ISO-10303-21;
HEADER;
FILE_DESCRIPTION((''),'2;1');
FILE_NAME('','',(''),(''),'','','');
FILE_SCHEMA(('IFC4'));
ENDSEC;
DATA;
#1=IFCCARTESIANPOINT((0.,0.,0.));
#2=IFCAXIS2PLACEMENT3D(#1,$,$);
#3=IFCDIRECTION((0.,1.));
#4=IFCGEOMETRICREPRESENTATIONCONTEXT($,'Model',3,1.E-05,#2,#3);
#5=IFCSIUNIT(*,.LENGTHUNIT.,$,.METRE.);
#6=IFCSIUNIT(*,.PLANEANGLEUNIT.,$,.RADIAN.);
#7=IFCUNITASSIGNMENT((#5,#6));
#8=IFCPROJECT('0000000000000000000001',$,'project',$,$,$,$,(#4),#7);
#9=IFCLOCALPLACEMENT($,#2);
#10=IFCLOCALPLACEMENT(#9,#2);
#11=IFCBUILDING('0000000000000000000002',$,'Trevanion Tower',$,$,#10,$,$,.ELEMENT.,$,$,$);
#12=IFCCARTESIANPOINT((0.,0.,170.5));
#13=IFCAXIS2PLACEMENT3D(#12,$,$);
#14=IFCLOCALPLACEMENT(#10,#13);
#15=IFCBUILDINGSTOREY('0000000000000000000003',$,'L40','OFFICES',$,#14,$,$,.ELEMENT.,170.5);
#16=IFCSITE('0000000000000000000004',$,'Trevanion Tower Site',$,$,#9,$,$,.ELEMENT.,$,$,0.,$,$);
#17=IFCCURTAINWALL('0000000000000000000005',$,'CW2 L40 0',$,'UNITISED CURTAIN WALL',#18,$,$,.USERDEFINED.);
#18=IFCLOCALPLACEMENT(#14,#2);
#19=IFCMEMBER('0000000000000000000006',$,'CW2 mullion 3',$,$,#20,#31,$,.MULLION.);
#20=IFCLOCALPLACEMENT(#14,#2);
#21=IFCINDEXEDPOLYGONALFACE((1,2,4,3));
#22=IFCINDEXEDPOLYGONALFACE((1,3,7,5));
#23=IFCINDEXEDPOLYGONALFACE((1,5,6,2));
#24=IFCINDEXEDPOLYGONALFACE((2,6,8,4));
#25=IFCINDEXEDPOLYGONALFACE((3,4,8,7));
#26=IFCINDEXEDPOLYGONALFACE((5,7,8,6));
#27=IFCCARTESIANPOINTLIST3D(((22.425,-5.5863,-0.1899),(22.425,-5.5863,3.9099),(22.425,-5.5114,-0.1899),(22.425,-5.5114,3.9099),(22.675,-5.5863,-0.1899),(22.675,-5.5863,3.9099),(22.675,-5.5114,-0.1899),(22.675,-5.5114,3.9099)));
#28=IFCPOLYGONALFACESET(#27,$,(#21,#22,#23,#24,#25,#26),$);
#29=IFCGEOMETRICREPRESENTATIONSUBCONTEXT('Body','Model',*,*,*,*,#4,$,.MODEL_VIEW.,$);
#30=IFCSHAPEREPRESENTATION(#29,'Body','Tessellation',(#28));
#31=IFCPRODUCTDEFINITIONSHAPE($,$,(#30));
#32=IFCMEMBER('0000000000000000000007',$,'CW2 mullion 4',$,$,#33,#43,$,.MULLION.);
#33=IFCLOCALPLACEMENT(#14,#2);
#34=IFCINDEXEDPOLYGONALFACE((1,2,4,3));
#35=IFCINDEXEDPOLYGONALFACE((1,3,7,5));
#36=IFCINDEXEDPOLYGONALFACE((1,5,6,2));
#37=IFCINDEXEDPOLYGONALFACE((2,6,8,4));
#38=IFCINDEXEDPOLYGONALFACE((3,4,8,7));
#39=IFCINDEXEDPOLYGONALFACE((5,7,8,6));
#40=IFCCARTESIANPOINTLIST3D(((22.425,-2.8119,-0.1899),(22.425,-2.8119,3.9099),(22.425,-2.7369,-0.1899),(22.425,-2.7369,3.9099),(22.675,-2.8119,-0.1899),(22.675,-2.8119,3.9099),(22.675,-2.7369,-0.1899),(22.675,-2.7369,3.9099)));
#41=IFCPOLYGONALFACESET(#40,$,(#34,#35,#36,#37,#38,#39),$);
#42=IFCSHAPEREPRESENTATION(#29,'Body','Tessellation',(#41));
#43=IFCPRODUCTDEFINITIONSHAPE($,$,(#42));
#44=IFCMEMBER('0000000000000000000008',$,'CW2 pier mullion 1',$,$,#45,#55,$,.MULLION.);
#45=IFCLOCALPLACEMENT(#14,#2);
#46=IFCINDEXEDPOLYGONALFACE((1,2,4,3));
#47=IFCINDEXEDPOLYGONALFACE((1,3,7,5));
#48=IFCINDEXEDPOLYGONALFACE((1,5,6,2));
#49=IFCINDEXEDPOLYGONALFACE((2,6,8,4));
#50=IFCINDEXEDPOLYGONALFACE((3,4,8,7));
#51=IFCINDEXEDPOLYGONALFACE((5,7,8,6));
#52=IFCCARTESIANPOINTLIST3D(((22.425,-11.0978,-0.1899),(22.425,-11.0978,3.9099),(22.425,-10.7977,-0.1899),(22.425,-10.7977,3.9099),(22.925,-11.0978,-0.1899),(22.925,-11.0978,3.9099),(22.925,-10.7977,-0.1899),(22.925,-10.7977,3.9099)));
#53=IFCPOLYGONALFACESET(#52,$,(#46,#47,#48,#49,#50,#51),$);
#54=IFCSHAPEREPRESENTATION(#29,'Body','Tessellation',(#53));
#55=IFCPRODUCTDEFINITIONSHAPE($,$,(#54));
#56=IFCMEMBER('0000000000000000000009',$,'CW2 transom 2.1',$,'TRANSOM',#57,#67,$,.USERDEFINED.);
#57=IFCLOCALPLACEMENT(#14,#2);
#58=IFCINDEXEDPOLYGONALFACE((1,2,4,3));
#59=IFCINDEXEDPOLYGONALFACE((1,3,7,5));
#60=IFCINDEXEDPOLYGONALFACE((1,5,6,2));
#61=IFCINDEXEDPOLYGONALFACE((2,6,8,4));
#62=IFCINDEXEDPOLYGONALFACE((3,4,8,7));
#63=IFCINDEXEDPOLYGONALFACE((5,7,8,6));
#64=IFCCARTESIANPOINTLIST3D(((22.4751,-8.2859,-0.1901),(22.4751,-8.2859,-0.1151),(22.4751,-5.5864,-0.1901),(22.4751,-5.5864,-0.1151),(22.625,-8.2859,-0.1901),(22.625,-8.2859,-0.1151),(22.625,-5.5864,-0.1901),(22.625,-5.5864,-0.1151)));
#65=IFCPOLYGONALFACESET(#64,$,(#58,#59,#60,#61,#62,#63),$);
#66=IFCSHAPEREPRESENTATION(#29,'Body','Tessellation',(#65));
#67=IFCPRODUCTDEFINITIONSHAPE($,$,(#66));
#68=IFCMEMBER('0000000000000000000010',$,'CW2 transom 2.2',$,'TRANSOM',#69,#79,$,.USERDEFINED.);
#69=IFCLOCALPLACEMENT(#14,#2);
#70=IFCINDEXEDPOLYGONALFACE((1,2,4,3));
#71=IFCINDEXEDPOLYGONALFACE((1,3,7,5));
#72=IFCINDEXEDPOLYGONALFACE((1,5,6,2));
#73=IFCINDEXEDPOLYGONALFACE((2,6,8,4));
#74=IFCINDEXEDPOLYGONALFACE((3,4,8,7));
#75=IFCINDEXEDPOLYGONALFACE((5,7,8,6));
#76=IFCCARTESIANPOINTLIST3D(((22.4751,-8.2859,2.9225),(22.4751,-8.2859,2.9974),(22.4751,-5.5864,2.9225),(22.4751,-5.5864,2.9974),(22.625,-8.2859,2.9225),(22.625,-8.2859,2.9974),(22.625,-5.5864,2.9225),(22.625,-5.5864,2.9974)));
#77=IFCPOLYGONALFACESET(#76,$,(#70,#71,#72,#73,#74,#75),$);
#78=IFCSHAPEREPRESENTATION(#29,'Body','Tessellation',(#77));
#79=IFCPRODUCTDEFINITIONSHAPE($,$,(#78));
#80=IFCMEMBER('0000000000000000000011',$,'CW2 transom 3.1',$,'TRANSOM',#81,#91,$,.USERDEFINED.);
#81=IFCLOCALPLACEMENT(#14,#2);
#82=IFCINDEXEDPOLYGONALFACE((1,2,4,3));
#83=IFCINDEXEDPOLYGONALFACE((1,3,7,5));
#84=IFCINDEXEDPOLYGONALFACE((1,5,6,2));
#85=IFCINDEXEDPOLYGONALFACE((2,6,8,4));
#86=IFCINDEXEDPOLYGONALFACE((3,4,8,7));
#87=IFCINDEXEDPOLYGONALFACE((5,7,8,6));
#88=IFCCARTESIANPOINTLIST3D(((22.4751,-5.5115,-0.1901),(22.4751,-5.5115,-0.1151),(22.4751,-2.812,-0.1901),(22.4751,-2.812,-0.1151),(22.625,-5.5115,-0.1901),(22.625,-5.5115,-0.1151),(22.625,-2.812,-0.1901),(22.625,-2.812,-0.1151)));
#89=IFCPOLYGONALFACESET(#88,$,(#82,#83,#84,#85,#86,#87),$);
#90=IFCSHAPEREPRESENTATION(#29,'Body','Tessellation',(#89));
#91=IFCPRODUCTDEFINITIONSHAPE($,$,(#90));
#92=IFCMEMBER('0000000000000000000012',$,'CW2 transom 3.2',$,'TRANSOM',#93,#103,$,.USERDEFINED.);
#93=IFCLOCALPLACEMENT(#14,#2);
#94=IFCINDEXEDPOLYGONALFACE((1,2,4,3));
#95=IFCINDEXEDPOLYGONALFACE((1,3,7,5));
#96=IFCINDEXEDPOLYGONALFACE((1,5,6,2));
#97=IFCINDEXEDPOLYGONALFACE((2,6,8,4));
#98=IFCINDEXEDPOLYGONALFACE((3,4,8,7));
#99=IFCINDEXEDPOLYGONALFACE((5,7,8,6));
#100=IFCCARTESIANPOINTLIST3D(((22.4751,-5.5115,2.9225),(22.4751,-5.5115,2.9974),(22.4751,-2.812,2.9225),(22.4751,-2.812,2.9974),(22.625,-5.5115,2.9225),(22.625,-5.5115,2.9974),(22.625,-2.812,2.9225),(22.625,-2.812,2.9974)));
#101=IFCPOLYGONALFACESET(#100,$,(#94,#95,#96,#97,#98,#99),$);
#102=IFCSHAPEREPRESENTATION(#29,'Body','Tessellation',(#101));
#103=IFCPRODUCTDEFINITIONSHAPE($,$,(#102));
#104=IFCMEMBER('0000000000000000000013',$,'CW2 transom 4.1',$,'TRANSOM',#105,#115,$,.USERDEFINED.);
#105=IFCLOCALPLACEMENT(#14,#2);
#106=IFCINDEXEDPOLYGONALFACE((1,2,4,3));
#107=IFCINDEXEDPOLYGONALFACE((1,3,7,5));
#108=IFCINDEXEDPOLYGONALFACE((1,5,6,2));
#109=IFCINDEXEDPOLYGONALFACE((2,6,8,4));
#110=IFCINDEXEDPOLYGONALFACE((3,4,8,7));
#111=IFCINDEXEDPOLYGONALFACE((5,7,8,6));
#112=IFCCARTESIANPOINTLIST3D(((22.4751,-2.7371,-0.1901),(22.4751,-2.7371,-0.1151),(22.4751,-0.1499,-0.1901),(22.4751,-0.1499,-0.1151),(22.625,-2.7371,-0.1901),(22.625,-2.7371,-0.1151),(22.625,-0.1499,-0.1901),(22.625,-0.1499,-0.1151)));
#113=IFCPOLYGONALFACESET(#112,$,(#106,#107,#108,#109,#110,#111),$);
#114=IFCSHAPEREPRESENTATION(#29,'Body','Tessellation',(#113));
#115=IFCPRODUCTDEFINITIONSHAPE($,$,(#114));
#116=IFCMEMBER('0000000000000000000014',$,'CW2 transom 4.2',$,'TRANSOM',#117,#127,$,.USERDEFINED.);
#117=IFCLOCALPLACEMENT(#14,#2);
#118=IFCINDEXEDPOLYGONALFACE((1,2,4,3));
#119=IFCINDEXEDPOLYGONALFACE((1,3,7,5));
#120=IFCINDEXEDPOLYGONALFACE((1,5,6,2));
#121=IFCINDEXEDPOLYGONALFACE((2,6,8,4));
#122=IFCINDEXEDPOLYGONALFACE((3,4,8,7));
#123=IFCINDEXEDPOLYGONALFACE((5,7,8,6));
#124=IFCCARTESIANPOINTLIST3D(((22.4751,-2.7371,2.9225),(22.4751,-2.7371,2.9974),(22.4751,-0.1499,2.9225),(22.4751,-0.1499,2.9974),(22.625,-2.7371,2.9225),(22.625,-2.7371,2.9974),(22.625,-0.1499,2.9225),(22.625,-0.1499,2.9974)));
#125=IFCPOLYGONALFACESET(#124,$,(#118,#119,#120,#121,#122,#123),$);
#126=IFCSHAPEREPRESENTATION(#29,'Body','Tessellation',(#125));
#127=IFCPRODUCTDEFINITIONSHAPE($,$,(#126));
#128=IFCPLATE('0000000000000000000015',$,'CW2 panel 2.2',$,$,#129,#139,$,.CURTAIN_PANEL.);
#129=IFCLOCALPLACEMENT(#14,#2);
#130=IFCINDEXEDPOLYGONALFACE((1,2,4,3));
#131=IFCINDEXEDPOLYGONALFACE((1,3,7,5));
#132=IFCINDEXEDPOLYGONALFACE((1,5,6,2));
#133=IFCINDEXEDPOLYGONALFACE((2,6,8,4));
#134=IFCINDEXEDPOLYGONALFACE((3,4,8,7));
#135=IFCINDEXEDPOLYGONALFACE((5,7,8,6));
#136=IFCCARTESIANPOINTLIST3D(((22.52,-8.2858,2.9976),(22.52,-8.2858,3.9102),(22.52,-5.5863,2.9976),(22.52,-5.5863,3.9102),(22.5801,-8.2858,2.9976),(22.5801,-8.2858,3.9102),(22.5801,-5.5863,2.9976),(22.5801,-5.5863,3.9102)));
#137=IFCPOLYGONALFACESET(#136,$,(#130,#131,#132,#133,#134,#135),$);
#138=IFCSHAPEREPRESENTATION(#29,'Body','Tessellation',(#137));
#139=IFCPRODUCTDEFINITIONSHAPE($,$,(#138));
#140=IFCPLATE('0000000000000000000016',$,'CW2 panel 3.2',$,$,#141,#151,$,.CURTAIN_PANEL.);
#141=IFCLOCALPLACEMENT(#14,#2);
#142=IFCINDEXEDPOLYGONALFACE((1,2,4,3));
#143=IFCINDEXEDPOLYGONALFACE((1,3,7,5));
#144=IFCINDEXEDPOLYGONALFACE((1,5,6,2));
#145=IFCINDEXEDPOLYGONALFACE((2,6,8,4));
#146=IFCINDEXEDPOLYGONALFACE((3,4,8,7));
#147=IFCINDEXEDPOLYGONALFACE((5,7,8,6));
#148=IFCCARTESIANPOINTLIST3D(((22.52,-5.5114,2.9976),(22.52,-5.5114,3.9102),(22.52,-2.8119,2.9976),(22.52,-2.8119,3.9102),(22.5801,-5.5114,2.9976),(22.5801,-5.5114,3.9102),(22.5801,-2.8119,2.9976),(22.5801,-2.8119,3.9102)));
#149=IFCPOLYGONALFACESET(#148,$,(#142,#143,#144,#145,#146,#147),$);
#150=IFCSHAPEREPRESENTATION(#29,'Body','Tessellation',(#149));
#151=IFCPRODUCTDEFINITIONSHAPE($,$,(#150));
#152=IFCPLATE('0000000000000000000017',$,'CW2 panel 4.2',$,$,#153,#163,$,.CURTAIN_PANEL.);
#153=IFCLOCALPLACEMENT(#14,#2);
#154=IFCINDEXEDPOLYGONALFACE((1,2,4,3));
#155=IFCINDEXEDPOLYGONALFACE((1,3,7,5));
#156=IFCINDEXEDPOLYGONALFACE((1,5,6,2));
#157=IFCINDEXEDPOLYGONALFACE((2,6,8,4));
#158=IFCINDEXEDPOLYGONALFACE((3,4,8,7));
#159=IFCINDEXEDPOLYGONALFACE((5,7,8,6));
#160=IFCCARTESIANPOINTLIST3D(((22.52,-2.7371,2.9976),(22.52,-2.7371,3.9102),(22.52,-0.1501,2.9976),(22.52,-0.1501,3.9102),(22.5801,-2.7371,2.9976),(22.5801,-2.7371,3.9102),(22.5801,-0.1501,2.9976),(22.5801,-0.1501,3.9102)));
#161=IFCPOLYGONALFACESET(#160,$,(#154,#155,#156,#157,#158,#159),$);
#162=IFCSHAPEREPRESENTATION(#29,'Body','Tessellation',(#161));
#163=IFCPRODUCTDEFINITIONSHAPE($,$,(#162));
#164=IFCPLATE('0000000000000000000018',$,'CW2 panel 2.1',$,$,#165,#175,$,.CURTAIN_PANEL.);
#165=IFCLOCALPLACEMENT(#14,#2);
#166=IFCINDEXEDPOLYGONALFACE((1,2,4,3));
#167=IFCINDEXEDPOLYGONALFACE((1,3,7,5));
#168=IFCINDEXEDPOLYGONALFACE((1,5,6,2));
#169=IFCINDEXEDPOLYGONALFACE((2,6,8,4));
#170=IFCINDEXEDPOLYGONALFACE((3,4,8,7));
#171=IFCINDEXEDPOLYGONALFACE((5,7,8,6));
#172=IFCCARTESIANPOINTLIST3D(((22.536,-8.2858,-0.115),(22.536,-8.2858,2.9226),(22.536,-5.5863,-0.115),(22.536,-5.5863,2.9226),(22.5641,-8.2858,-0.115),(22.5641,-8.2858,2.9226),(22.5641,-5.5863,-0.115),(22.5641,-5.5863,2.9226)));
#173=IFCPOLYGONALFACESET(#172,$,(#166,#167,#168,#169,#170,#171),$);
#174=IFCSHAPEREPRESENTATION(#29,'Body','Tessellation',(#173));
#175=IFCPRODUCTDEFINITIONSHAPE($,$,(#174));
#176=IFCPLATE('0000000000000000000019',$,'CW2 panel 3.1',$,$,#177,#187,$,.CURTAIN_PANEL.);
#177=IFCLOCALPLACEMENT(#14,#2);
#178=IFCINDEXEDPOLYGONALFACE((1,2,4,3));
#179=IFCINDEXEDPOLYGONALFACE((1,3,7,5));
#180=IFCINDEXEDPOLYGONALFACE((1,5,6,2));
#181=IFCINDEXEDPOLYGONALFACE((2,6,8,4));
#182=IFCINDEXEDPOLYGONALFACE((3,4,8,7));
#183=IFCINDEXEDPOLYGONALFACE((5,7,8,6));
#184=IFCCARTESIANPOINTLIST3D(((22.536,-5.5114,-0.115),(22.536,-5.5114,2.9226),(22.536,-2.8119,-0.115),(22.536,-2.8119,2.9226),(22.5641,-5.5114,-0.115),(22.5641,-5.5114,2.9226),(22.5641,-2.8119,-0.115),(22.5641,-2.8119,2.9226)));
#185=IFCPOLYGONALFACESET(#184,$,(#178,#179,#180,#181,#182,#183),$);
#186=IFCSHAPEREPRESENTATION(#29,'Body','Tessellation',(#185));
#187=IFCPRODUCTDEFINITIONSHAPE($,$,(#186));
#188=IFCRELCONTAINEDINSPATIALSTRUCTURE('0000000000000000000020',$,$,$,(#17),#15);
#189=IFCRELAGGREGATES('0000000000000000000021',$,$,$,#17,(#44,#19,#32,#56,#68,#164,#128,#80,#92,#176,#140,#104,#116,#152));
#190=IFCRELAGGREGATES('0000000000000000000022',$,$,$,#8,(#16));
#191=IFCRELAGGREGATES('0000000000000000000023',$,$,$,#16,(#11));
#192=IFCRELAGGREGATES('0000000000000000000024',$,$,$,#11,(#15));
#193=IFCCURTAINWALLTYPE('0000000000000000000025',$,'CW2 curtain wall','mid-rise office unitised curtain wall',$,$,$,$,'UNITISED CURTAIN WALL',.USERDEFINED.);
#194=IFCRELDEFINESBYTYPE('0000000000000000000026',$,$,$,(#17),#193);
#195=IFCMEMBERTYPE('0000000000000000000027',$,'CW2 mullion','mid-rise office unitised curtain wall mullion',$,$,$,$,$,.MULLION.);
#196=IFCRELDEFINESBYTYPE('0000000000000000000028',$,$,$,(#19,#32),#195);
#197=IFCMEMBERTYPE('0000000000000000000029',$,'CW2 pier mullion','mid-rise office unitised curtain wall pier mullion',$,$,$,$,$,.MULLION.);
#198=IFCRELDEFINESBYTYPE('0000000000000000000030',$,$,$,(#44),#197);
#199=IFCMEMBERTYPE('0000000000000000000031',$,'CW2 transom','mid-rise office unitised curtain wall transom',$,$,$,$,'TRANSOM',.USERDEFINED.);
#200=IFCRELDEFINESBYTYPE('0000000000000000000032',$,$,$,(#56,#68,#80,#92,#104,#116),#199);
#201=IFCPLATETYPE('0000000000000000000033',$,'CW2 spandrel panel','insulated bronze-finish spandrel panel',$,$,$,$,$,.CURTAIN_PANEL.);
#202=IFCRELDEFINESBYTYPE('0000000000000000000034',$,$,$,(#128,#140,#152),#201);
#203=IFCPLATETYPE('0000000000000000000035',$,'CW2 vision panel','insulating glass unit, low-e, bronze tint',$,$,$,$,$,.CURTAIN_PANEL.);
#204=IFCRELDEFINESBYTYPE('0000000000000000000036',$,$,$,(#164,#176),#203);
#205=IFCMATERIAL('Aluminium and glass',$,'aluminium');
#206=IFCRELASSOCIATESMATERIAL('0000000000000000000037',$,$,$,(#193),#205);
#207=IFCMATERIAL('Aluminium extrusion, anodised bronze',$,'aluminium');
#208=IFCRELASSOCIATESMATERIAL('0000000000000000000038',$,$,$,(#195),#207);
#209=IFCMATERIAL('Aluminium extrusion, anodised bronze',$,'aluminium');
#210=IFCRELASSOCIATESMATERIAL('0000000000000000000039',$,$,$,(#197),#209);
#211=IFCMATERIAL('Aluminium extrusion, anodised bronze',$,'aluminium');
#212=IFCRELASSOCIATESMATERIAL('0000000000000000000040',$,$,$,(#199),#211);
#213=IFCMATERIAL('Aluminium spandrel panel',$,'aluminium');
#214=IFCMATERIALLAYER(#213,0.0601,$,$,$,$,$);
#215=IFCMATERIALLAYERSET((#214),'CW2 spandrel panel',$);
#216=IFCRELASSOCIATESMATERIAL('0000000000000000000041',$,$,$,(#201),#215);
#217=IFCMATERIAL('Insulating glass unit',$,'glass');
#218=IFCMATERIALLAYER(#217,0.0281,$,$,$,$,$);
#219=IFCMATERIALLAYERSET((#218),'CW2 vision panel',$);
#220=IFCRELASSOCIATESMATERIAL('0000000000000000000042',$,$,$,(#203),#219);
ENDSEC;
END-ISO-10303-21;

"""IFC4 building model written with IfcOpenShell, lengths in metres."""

from ifc_helpers import new_model, si_unit, direction, frame, origin, origin_2d, place, context, subcontext, project, spatial, rectangle, extrude, material, layer, layer_set, material_profile, profile_set, type_object, element, aggregate, save


model = new_model("IFC4")

# Units and contexts
model_context = context("Model", 3, precision=1e-05, world=origin(), true_north=direction((0.0, 1.0)))
body_context = subcontext(model_context, "Body", "Model", "MODEL_VIEW")
ifc_project = project(units=[si_unit("LENGTHUNIT", "METRE"), si_unit("PLANEANGLEUNIT", "RADIAN")], contexts=[model_context])

# Site, building, storey
site_placement = place(None, origin())
site = spatial("IfcSite", under=ifc_project, at=site_placement, Name="Trevanion Tower Site", CompositionType="ELEMENT", RefElevation=0.0)
building_placement = place(site_placement, origin())
building = spatial("IfcBuilding", under=site, at=building_placement, Name="Trevanion Tower", CompositionType="ELEMENT")
storey_placement = place(building_placement, frame((0.0, 0.0, 170.5)))
storey = spatial("IfcBuildingStorey", under=building, at=storey_placement, Name="L40", Description="OFFICES", CompositionType="ELEMENT", Elevation=170.5)

# Curtain wall, members, plates
ifc_material_1 = material(Name="Aluminium and glass", Category="aluminium")
curtain_wall_type = type_object("IfcCurtainWallType", Name="CW2 curtain wall", Description="mid-rise office unitised curtain wall", ElementType="UNITISED CURTAIN WALL", PredefinedType="USERDEFINED", material=ifc_material_1)
curtain_wall_placement = place(storey_placement, origin())
curtain_wall = element("IfcCurtainWall", 1, at=curtain_wall_placement, inside=storey, type_object=curtain_wall_type, Name="CW2 L40 0", ObjectType="UNITISED CURTAIN WALL", PredefinedType="USERDEFINED")
ifc_material_2 = material(Name="Aluminium extrusion, anodised bronze", Category="aluminium")
ifc_material_profile_1 = material_profile(ifc_material_2, rectangle(XDim=0.075, YDim=0.25, at=origin_2d()), Name="CW2 mullion")
ifc_profile_set_1 = profile_set([ifc_material_profile_1], Name="Aluminium extrusion, anodised bronze")
member_type_1 = type_object("IfcMemberType", Name="CW2 mullion", Description="mid-rise office unitised curtain wall mullion", PredefinedType="MULLION", material=ifc_profile_set_1)
member_1_placement = place(storey_placement, frame((22.55, -5.5488, -0.1899), z_axis=(0.0, 0.0, 1.0), x_axis=(0.0, 1.0, 0.0)))
member_1 = element("IfcMember", 2, at=member_1_placement, type_object=member_type_1, Name="CW2 mullion 3", PredefinedType="MULLION", context=body_context, shape_type="SweptSolid", body=[
    extrude(rectangle(XDim=0.075, YDim=0.25, at=origin_2d()), origin(), (0.0, 0.0, 1.0), 4.0999),
])
member_2_placement = place(storey_placement, frame((22.55, -2.7744, -0.1899), z_axis=(0.0, 0.0, 1.0), x_axis=(0.0, 1.0, 0.0)))
member_2 = element("IfcMember", 3, at=member_2_placement, type_object=member_type_1, Name="CW2 mullion 4", PredefinedType="MULLION", context=body_context, shape_type="SweptSolid", body=[
    extrude(rectangle(XDim=0.075, YDim=0.25, at=origin_2d()), origin(), (0.0, 0.0, 1.0), 4.0999),
])
ifc_material_3 = material(Name="Aluminium extrusion, anodised bronze", Category="aluminium")
ifc_material_profile_2 = material_profile(ifc_material_3, rectangle(XDim=0.3, YDim=0.5, at=origin_2d()), Name="CW2 pier mullion")
ifc_profile_set_2 = profile_set([ifc_material_profile_2], Name="Aluminium extrusion, anodised bronze")
member_type_2 = type_object("IfcMemberType", Name="CW2 pier mullion", Description="mid-rise office unitised curtain wall pier mullion", PredefinedType="MULLION", material=ifc_profile_set_2)
member_3_placement = place(storey_placement, frame((22.675, -10.9478, -0.1899), z_axis=(0.0, 0.0, 1.0), x_axis=(0.0, 1.0, 0.0)))
member_3 = element("IfcMember", 4, at=member_3_placement, type_object=member_type_2, Name="CW2 pier mullion 1", PredefinedType="MULLION", context=body_context, shape_type="SweptSolid", body=[
    extrude(rectangle(XDim=0.3, YDim=0.5, at=origin_2d()), origin(), (0.0, 0.0, 1.0), 4.0999),
])
ifc_material_4 = material(Name="Aluminium extrusion, anodised bronze", Category="aluminium")
ifc_material_profile_3 = material_profile(ifc_material_4, rectangle(XDim=0.1499, YDim=0.075, at=origin_2d()), Name="CW2 transom")
ifc_profile_set_3 = profile_set([ifc_material_profile_3], Name="Aluminium extrusion, anodised bronze")
member_type_3 = type_object("IfcMemberType", Name="CW2 transom", Description="mid-rise office unitised curtain wall transom", ElementType="TRANSOM", PredefinedType="USERDEFINED", material=ifc_profile_set_3)
member_4_placement = place(storey_placement, frame((22.55, -8.2859, -0.1526), z_axis=(0.0, 1.0, 0.0), x_axis=(-1.0, 0.0, 0.0)))
member_4 = element("IfcMember", 5, at=member_4_placement, type_object=member_type_3, Name="CW2 transom 2.1", ObjectType="TRANSOM", PredefinedType="USERDEFINED", context=body_context, shape_type="SweptSolid", body=[
    extrude(rectangle(XDim=0.1499, YDim=0.075, at=origin_2d()), origin(), (0.0, 0.0, 1.0), 2.6995),
])
member_5_placement = place(storey_placement, frame((22.55, -8.2859, 2.96), z_axis=(0.0, 1.0, 0.0), x_axis=(-1.0, 0.0, 0.0)))
member_5 = element("IfcMember", 6, at=member_5_placement, type_object=member_type_3, Name="CW2 transom 2.2", ObjectType="TRANSOM", PredefinedType="USERDEFINED", context=body_context, shape_type="SweptSolid", body=[
    extrude(rectangle(XDim=0.1499, YDim=0.075, at=origin_2d()), origin(), (0.0, 0.0, 1.0), 2.6995),
])
member_6_placement = place(storey_placement, frame((22.55, -5.5115, -0.1526), z_axis=(0.0, 1.0, 0.0), x_axis=(-1.0, 0.0, 0.0)))
member_6 = element("IfcMember", 7, at=member_6_placement, type_object=member_type_3, Name="CW2 transom 3.1", ObjectType="TRANSOM", PredefinedType="USERDEFINED", context=body_context, shape_type="SweptSolid", body=[
    extrude(rectangle(XDim=0.1499, YDim=0.075, at=origin_2d()), origin(), (0.0, 0.0, 1.0), 2.6995),
])
member_7_placement = place(storey_placement, frame((22.55, -5.5115, 2.96), z_axis=(0.0, 1.0, 0.0), x_axis=(-1.0, 0.0, 0.0)))
member_7 = element("IfcMember", 8, at=member_7_placement, type_object=member_type_3, Name="CW2 transom 3.2", ObjectType="TRANSOM", PredefinedType="USERDEFINED", context=body_context, shape_type="SweptSolid", body=[
    extrude(rectangle(XDim=0.1499, YDim=0.075, at=origin_2d()), origin(), (0.0, 0.0, 1.0), 2.6995),
])
member_8_placement = place(storey_placement, frame((22.55, -2.7371, -0.1526), z_axis=(0.0, 1.0, 0.0), x_axis=(-1.0, 0.0, 0.0)))
member_8 = element("IfcMember", 9, at=member_8_placement, type_object=member_type_3, Name="CW2 transom 4.1", ObjectType="TRANSOM", PredefinedType="USERDEFINED", context=body_context, shape_type="SweptSolid", body=[
    extrude(rectangle(XDim=0.1499, YDim=0.075, at=origin_2d()), origin(), (0.0, 0.0, 1.0), 2.5872),
])
member_9_placement = place(storey_placement, frame((22.55, -2.7371, 2.96), z_axis=(0.0, 1.0, 0.0), x_axis=(-1.0, 0.0, 0.0)))
member_9 = element("IfcMember", 10, at=member_9_placement, type_object=member_type_3, Name="CW2 transom 4.2", ObjectType="TRANSOM", PredefinedType="USERDEFINED", context=body_context, shape_type="SweptSolid", body=[
    extrude(rectangle(XDim=0.1499, YDim=0.075, at=origin_2d()), origin(), (0.0, 0.0, 1.0), 2.5872),
])
ifc_material_5 = material(Name="Aluminium spandrel panel", Category="aluminium")
ifc_layer_1 = layer(ifc_material_5, 0.0601)
ifc_layer_set_1 = layer_set([ifc_layer_1], Name="CW2 spandrel panel")
plate_type_1 = type_object("IfcPlateType", Name="CW2 spandrel panel", Description="insulated bronze-finish spandrel panel", PredefinedType="CURTAIN_PANEL", material=ifc_layer_set_1)
plate_1_placement = place(storey_placement, frame((22.55, -6.936, 2.9976), z_axis=(0.0, 0.0, 1.0), x_axis=(0.0, 1.0, 0.0)))
plate_1 = element("IfcPlate", 11, at=plate_1_placement, type_object=plate_type_1, Name="CW2 panel 2.2", PredefinedType="CURTAIN_PANEL", context=body_context, shape_type="SweptSolid", body=[
    extrude(rectangle(XDim=2.6995, YDim=0.0601, at=origin_2d()), origin(), (0.0, 0.0, 1.0), 0.9126),
])
plate_2_placement = place(storey_placement, frame((22.55, -4.1616, 2.9976), z_axis=(0.0, 0.0, 1.0), x_axis=(0.0, 1.0, 0.0)))
plate_2 = element("IfcPlate", 12, at=plate_2_placement, type_object=plate_type_1, Name="CW2 panel 3.2", PredefinedType="CURTAIN_PANEL", context=body_context, shape_type="SweptSolid", body=[
    extrude(rectangle(XDim=2.6995, YDim=0.0601, at=origin_2d()), origin(), (0.0, 0.0, 1.0), 0.9126),
])
plate_3_placement = place(storey_placement, frame((22.55, -1.4436, 2.9976), z_axis=(0.0, 0.0, 1.0), x_axis=(0.0, 1.0, 0.0)))
plate_3 = element("IfcPlate", 13, at=plate_3_placement, type_object=plate_type_1, Name="CW2 panel 4.2", PredefinedType="CURTAIN_PANEL", context=body_context, shape_type="SweptSolid", body=[
    extrude(rectangle(XDim=2.5869, YDim=0.0601, at=origin_2d()), origin(), (0.0, 0.0, 1.0), 0.9126),
])
ifc_material_6 = material(Name="Insulating glass unit", Category="glass")
ifc_layer_2 = layer(ifc_material_6, 0.0281)
ifc_layer_set_2 = layer_set([ifc_layer_2], Name="CW2 vision panel")
plate_type_2 = type_object("IfcPlateType", Name="CW2 vision panel", Description="insulating glass unit, low-e, bronze tint", PredefinedType="CURTAIN_PANEL", material=ifc_layer_set_2)
plate_4_placement = place(storey_placement, frame((22.55, -6.936, -0.115), z_axis=(0.0, 0.0, 1.0), x_axis=(0.0, 1.0, 0.0)))
plate_4 = element("IfcPlate", 14, at=plate_4_placement, type_object=plate_type_2, Name="CW2 panel 2.1", PredefinedType="CURTAIN_PANEL", context=body_context, shape_type="SweptSolid", body=[
    extrude(rectangle(XDim=2.6995, YDim=0.0281, at=origin_2d()), origin(), (0.0, 0.0, 1.0), 3.0376),
])
plate_5_placement = place(storey_placement, frame((22.55, -4.1616, -0.115), z_axis=(0.0, 0.0, 1.0), x_axis=(0.0, 1.0, 0.0)))
plate_5 = element("IfcPlate", 15, at=plate_5_placement, type_object=plate_type_2, Name="CW2 panel 3.1", PredefinedType="CURTAIN_PANEL", context=body_context, shape_type="SweptSolid", body=[
    extrude(rectangle(XDim=2.6995, YDim=0.0281, at=origin_2d()), origin(), (0.0, 0.0, 1.0), 3.0376),
])
aggregate(curtain_wall, [member_3, member_1, member_2, member_4, member_5, plate_4, plate_1, member_6, member_7, plate_5, plate_2, member_8, member_9, plate_3])

save(model, "model.ifc")
